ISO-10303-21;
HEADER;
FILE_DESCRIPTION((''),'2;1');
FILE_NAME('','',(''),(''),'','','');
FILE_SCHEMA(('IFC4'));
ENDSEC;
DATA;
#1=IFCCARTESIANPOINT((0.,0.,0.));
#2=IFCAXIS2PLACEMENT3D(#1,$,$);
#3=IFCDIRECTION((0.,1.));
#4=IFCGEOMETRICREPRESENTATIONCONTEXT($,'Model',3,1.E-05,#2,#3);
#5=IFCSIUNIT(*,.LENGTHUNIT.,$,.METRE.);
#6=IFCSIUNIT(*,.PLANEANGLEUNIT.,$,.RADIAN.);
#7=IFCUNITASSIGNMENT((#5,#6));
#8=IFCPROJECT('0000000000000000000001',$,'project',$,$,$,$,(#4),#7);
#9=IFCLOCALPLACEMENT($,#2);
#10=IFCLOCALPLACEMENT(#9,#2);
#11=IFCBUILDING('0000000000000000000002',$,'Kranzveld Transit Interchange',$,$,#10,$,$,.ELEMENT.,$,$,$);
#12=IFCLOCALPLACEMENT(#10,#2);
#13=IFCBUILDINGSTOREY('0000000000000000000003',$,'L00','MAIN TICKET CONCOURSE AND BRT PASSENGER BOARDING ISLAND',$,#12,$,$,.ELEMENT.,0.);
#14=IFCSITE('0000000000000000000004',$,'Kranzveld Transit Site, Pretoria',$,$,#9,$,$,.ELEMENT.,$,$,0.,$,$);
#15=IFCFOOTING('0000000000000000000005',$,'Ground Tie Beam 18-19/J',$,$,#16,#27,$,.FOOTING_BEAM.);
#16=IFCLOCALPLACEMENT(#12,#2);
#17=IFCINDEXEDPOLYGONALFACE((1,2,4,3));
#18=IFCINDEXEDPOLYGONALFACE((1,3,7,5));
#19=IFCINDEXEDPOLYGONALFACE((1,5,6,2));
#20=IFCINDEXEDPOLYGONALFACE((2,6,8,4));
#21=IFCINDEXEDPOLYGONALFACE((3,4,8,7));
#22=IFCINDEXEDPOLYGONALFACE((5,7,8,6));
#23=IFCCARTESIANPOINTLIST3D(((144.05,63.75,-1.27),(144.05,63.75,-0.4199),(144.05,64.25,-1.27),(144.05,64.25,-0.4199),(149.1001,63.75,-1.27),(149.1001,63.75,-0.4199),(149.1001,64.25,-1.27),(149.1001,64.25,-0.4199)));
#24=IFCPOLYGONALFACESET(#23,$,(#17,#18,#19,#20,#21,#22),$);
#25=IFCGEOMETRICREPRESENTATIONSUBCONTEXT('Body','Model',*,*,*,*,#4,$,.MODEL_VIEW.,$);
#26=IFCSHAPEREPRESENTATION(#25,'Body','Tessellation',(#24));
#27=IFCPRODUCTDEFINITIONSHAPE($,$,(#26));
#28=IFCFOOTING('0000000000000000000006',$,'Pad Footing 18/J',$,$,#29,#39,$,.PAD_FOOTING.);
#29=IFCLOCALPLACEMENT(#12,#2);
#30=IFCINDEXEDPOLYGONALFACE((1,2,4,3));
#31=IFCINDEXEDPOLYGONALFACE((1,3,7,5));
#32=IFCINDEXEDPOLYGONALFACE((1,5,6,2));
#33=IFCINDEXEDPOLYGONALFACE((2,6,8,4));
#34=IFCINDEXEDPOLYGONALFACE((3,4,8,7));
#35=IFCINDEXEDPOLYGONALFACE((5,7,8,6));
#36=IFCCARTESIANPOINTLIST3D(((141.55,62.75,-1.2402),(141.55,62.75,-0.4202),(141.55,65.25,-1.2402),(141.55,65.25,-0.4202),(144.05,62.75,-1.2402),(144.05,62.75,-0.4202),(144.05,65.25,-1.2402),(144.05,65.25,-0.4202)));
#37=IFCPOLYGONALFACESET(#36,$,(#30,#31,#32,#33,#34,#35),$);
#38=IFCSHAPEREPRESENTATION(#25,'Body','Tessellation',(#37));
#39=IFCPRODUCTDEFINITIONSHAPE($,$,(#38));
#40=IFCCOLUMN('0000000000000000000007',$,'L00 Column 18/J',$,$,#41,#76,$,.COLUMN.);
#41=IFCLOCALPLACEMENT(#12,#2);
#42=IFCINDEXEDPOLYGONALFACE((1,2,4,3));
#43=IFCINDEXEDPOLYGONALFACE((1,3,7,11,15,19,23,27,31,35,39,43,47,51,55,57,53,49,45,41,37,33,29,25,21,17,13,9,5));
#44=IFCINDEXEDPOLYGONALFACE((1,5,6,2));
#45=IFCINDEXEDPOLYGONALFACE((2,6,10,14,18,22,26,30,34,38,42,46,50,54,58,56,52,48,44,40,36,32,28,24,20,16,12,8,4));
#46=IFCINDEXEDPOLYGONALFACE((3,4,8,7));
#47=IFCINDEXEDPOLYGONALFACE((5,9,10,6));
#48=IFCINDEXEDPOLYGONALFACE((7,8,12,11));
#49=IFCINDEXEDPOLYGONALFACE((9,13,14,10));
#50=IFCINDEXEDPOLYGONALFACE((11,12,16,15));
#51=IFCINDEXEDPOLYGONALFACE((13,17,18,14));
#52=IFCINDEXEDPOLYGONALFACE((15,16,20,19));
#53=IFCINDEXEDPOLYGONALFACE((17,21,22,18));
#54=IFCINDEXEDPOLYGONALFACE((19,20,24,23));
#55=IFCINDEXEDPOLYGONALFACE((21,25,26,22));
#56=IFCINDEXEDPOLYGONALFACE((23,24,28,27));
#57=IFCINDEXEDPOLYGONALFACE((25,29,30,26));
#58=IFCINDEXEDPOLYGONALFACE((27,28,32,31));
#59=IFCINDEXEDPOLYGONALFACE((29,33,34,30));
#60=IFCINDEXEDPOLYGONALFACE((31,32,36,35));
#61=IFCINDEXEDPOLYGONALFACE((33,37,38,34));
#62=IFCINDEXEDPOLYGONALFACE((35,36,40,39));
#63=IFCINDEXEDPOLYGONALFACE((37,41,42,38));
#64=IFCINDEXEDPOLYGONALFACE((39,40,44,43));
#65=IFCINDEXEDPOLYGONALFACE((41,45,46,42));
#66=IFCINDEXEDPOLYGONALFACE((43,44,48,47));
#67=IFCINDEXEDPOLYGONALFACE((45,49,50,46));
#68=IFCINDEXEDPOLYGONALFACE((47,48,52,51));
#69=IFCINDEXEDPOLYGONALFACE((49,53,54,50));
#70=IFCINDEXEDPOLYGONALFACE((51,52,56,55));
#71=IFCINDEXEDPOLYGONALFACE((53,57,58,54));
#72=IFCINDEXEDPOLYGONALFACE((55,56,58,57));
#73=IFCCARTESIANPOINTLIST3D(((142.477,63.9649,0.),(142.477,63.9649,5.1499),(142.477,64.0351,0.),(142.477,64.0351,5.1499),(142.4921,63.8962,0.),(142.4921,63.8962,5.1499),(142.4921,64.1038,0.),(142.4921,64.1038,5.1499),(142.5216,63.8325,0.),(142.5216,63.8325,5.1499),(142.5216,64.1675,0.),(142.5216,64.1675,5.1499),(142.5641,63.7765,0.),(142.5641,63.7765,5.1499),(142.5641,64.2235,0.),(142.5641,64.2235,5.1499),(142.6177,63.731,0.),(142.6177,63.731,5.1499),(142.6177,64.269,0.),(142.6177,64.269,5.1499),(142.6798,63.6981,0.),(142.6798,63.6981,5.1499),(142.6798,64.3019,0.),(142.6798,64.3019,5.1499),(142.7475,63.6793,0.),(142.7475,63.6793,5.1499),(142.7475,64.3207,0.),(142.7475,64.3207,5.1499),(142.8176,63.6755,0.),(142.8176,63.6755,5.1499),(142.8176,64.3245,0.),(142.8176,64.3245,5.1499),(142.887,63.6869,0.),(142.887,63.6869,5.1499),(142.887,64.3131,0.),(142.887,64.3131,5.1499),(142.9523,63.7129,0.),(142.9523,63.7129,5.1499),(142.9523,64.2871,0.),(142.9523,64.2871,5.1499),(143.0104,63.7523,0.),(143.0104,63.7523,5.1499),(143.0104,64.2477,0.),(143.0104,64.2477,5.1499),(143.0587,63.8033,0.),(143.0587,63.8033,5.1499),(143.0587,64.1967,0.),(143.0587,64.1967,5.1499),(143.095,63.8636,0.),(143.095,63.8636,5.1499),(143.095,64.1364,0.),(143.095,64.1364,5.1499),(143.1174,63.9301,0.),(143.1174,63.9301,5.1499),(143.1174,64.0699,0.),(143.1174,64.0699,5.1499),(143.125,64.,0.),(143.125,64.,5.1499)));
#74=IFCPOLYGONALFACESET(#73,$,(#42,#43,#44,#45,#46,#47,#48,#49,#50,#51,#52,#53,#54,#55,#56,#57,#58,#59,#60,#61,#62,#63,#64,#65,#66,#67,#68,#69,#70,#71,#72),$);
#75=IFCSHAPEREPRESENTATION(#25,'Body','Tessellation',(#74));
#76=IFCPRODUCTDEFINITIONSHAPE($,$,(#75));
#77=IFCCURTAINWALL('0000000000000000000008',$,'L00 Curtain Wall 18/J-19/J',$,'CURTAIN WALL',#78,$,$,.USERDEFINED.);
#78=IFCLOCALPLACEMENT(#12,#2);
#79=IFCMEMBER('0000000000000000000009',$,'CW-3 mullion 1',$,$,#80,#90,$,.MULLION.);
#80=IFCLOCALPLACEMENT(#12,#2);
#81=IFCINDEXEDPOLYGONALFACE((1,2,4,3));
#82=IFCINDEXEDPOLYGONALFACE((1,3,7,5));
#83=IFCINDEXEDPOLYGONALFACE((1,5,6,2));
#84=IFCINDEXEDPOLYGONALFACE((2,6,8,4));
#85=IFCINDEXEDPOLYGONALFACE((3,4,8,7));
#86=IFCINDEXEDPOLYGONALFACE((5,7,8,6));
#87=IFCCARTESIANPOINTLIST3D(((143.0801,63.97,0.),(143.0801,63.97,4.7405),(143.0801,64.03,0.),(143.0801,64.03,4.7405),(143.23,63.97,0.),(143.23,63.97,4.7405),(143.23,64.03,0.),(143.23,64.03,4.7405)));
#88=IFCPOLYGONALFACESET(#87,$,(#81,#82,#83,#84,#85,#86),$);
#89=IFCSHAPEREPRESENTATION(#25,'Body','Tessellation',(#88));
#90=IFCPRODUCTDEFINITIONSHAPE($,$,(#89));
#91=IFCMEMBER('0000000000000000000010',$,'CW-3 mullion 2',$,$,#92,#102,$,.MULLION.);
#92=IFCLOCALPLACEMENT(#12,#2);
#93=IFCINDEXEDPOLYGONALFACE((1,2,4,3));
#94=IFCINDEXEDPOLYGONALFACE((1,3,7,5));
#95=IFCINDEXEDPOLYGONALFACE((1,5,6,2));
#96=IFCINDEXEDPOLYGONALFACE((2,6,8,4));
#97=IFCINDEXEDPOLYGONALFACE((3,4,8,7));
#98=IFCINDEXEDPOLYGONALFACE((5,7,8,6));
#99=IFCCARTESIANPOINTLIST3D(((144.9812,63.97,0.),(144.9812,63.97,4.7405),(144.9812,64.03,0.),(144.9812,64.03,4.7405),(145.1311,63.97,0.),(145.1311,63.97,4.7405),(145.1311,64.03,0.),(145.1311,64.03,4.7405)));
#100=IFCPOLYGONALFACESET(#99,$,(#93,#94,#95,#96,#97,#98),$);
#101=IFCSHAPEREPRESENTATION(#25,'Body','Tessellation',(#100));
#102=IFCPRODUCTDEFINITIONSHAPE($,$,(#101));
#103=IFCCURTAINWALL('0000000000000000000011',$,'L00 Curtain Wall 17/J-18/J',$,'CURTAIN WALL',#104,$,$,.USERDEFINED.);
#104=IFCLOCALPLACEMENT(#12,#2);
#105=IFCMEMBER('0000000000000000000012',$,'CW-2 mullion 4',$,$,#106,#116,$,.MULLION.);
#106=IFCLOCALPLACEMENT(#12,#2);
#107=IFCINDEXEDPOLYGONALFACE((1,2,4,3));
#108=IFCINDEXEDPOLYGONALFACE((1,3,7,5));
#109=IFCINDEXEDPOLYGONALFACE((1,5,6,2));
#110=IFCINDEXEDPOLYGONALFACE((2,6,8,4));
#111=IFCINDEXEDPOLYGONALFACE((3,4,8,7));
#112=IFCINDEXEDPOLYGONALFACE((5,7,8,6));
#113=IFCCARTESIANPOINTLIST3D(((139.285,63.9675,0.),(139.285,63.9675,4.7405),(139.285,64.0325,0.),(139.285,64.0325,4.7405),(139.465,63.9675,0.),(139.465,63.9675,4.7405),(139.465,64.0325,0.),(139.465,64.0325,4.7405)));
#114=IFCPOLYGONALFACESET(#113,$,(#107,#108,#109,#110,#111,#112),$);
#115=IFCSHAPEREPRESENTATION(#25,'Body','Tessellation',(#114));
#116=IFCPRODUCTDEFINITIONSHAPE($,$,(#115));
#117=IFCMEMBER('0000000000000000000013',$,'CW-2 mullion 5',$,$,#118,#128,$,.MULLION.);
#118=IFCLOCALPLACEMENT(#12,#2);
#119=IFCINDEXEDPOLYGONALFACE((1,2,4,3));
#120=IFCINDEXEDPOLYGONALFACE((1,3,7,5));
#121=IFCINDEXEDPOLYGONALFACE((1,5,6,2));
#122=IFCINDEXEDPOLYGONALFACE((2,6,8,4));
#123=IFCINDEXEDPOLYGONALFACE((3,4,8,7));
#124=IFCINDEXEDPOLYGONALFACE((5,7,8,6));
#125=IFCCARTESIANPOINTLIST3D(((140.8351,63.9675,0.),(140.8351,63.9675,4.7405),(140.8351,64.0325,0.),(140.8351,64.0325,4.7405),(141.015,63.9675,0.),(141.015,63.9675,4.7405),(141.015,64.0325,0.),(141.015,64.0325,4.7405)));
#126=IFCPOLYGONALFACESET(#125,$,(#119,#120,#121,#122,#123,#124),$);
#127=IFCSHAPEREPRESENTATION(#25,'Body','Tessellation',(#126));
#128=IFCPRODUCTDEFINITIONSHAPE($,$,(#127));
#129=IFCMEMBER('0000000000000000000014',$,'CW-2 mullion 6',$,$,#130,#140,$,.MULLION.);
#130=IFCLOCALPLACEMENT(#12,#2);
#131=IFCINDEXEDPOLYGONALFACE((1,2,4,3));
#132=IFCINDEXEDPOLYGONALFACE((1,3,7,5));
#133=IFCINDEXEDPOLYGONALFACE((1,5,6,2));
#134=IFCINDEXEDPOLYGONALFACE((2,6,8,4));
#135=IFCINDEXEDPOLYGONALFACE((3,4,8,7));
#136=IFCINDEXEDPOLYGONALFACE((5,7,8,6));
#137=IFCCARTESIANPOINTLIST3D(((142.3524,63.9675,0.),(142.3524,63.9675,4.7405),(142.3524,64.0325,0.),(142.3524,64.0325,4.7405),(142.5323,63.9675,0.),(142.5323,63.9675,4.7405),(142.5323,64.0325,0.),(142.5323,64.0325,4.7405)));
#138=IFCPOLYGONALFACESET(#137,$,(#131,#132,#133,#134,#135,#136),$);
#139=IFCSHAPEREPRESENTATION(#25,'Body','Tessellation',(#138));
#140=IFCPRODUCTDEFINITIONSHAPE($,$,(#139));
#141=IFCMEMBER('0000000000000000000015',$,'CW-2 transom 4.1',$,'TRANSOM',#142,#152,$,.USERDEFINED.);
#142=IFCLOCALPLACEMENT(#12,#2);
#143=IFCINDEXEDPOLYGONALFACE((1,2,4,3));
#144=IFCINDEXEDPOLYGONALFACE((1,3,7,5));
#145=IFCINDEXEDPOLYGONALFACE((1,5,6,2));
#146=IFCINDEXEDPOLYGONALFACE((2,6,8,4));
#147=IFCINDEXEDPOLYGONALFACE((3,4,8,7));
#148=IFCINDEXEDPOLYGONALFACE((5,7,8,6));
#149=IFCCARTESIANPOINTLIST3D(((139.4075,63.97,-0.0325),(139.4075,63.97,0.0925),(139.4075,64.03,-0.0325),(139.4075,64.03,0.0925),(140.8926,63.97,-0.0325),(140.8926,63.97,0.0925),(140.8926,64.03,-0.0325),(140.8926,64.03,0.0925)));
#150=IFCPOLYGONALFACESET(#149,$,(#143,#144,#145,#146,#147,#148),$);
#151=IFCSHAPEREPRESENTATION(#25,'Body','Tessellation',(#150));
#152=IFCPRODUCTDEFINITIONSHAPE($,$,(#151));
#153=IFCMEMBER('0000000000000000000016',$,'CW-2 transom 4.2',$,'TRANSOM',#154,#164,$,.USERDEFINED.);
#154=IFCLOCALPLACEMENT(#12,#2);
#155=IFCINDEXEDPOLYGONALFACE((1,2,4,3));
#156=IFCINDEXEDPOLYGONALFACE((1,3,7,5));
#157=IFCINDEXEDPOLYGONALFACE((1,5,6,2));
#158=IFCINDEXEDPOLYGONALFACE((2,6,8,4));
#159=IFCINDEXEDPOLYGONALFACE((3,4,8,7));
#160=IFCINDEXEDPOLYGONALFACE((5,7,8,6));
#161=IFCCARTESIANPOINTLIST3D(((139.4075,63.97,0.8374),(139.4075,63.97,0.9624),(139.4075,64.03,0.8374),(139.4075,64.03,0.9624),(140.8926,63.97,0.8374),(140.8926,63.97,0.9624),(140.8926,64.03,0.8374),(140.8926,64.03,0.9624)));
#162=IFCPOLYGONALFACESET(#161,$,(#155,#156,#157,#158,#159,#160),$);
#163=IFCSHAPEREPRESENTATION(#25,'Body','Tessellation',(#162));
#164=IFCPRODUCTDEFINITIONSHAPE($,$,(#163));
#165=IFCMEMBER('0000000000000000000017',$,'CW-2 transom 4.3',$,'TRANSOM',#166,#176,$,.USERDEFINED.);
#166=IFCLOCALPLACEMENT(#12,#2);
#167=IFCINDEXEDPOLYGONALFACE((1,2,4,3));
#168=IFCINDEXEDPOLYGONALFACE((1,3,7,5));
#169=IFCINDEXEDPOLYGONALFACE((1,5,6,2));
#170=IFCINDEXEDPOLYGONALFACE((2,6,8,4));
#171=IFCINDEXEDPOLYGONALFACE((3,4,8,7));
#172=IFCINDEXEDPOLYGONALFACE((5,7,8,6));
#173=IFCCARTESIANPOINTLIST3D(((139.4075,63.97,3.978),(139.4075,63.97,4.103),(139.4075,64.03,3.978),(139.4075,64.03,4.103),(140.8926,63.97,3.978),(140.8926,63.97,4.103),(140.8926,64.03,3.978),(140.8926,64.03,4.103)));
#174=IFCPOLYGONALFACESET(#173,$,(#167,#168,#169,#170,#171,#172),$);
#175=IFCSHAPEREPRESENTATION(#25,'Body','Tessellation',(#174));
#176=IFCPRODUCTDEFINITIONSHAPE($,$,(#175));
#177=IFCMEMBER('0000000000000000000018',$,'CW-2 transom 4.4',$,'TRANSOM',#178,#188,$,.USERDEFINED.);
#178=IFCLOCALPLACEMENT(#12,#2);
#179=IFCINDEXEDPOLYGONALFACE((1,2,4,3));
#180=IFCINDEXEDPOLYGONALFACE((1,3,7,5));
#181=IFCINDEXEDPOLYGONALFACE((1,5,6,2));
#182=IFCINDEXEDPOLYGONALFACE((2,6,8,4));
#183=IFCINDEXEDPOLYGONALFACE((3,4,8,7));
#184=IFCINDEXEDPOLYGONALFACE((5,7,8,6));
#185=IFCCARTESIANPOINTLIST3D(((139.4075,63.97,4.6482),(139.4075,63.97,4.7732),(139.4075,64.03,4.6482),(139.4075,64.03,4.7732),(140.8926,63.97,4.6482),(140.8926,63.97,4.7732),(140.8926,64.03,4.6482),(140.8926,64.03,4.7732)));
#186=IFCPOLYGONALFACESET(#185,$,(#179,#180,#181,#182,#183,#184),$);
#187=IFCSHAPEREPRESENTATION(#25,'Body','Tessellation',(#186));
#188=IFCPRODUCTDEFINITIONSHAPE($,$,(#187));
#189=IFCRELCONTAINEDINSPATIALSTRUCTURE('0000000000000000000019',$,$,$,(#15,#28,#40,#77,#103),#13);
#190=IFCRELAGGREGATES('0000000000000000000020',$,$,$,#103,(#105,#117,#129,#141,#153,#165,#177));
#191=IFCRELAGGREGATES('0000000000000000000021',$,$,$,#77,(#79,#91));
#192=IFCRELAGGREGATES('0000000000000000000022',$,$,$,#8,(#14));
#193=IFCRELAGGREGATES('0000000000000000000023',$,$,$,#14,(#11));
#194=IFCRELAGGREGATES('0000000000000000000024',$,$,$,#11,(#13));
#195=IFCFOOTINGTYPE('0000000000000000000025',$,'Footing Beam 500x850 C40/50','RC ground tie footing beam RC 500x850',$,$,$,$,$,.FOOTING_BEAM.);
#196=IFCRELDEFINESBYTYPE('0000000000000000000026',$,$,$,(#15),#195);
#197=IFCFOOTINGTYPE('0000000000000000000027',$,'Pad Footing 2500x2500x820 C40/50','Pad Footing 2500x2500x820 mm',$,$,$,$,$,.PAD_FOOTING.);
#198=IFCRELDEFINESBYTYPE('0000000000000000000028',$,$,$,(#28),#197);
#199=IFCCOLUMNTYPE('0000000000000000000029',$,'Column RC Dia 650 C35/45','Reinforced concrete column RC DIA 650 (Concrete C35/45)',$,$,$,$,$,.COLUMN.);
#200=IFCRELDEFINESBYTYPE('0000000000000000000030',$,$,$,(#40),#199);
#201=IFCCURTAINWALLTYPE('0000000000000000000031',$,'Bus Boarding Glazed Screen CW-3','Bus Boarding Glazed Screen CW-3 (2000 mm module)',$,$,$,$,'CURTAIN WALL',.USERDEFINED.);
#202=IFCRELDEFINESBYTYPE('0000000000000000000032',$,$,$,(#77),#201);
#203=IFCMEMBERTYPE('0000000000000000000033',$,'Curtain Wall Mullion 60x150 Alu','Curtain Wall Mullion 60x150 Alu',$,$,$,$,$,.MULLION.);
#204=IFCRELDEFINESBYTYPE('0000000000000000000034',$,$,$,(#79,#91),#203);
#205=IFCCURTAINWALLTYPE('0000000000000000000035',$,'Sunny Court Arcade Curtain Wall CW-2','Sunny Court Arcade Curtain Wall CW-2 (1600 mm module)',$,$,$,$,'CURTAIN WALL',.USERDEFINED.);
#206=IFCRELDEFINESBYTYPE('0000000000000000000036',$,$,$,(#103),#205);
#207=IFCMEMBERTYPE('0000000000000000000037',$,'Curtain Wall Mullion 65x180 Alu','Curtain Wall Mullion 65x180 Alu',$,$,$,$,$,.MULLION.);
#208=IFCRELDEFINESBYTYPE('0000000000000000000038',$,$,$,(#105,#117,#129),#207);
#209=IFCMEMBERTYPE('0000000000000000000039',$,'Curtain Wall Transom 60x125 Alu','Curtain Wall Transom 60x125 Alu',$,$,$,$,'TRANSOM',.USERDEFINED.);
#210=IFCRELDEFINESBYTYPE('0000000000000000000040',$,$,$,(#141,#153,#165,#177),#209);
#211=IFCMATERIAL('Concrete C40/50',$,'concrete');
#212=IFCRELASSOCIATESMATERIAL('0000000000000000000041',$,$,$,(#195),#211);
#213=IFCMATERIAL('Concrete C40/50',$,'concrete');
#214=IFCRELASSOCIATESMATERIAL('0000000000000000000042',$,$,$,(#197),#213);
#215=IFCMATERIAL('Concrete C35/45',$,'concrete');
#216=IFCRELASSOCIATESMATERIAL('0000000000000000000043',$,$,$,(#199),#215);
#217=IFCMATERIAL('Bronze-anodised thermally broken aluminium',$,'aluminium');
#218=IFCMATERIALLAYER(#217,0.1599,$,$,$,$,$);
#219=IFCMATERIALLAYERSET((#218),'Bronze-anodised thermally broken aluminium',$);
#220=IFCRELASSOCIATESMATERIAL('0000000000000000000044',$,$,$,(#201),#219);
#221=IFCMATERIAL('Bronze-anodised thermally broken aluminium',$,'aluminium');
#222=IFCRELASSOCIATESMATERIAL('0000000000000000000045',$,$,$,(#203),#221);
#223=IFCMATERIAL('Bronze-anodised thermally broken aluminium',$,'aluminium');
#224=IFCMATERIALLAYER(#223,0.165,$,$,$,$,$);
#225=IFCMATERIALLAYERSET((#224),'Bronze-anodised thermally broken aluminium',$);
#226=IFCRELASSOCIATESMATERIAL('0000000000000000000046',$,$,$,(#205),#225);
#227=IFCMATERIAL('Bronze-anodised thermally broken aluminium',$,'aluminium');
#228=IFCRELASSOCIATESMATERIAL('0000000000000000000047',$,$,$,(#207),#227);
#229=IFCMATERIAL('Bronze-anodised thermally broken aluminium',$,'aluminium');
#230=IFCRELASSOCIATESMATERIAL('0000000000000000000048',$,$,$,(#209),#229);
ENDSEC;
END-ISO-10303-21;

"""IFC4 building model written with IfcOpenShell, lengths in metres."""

from ifc_helpers import new_model, si_unit, direction, frame, origin, origin_2d, place, context, subcontext, project, spatial, rectangle, circle, extrude, material, layer, layer_set, material_profile, profile_set, type_object, element, aggregate, save


model = new_model("IFC4")

# Units and contexts
model_context = context("Model", 3, precision=1e-05, world=origin(), true_north=direction((0.0, 1.0)))
body_context = subcontext(model_context, "Body", "Model", "MODEL_VIEW")
ifc_project = project(units=[si_unit("LENGTHUNIT", "METRE"), si_unit("PLANEANGLEUNIT", "RADIAN")], contexts=[model_context])

# Site, building, storey
site_placement = place(None, origin())
site = spatial("IfcSite", under=ifc_project, at=site_placement, Name="Kranzveld Transit Site, Pretoria", CompositionType="ELEMENT", RefElevation=0.0)
building_placement = place(site_placement, origin())
building = spatial("IfcBuilding", under=site, at=building_placement, Name="Kranzveld Transit Interchange", CompositionType="ELEMENT")
storey_placement = place(building_placement, origin())
storey = spatial("IfcBuildingStorey", under=building, at=storey_placement, Name="L00", Description="MAIN TICKET CONCOURSE AND BRT PASSENGER BOARDING ISLAND", CompositionType="ELEMENT", Elevation=0.0)

# Footings
ifc_material_1 = material(Name="Concrete C40/50", Category="concrete")
ifc_material_profile_1 = material_profile(ifc_material_1, rectangle(XDim=0.5, YDim=0.8501, at=origin_2d()), Name="RC 500x850")
ifc_profile_set_1 = profile_set([ifc_material_profile_1], Name="Concrete C40/50")
footing_type_1 = type_object("IfcFootingType", Name="Footing Beam 500x850 C40/50", Description="RC ground tie footing beam RC 500x850", PredefinedType="FOOTING_BEAM", material=ifc_profile_set_1)
footing_1_placement = place(storey_placement, frame((144.05, 64.0, -0.845), z_axis=(1.0, 0.0, 0.0), x_axis=(0.0, 1.0, 0.0)))
element("IfcFooting", 1, at=footing_1_placement, inside=storey, type_object=footing_type_1, Name="Ground Tie Beam 18-19/J", PredefinedType="FOOTING_BEAM", context=body_context, shape_type="SweptSolid", body=[
    extrude(rectangle(XDim=0.5, YDim=0.8501, at=origin_2d()), origin(), (0.0, 0.0, 1.0), 5.05),
])
ifc_material_2 = material(Name="Concrete C40/50", Category="concrete")
footing_type_2 = type_object("IfcFootingType", Name="Pad Footing 2500x2500x820 C40/50", Description="Pad Footing 2500x2500x820 mm", PredefinedType="PAD_FOOTING", material=ifc_material_2)
footing_2_placement = place(storey_placement, frame((142.8, 64.0, -1.2402), z_axis=(0.0, 0.0, 1.0), x_axis=(1.0, 0.0, 0.0)))
element("IfcFooting", 2, at=footing_2_placement, inside=storey, type_object=footing_type_2, Name="Pad Footing 18/J", PredefinedType="PAD_FOOTING", context=body_context, shape_type="SweptSolid", body=[
    extrude(rectangle(XDim=2.5, YDim=2.5, at=origin_2d()), origin(), (0.0, 0.0, 1.0), 0.8201),
])

# Column
ifc_material_3 = material(Name="Concrete C35/45", Category="concrete")
ifc_material_profile_2 = material_profile(ifc_material_3, circle(Radius=0.325, at=origin_2d()), Name="RC DIA 650")
ifc_profile_set_2 = profile_set([ifc_material_profile_2], Name="Concrete C35/45")
column_type = type_object("IfcColumnType", Name="Column RC Dia 650 C35/45", Description="Reinforced concrete column RC DIA 650 (Concrete C35/45)", PredefinedType="COLUMN", material=ifc_profile_set_2)
column_placement = place(storey_placement, frame((142.8, 64.0, 0.0), z_axis=(0.0, 0.0, 1.0), x_axis=(1.0, 0.0, 0.0)))
element("IfcColumn", 3, at=column_placement, inside=storey, type_object=column_type, Name="L00 Column 18/J", PredefinedType="COLUMN", context=body_context, shape_type="SweptSolid", body=[
    extrude(circle(Radius=0.325, at=origin_2d()), origin(), (0.0, 0.0, 1.0), 5.1499),
])

# Curtain walls, members
ifc_material_4 = material(Name="Bronze-anodised thermally broken aluminium", Category="aluminium")
ifc_layer_1 = layer(ifc_material_4, 0.1599)
ifc_layer_set_1 = layer_set([ifc_layer_1], Name="Bronze-anodised thermally broken aluminium")
curtain_wall_type_1 = type_object("IfcCurtainWallType", Name="Bus Boarding Glazed Screen CW-3", Description="Bus Boarding Glazed Screen CW-3 (2000 mm module)", ElementType="CURTAIN WALL", PredefinedType="USERDEFINED", material=ifc_layer_set_1)
curtain_wall_1_placement = place(storey_placement, origin())
curtain_wall_1 = element("IfcCurtainWall", 4, at=curtain_wall_1_placement, inside=storey, type_object=curtain_wall_type_1, Name="L00 Curtain Wall 18/J-19/J", ObjectType="CURTAIN WALL", PredefinedType="USERDEFINED")
ifc_material_5 = material(Name="Bronze-anodised thermally broken aluminium", Category="aluminium")
ifc_material_profile_3 = material_profile(ifc_material_5, rectangle(XDim=0.0601, YDim=0.1499, at=origin_2d()), Name="ALU MULLION 60x150")
ifc_profile_set_3 = profile_set([ifc_material_profile_3], Name="Bronze-anodised thermally broken aluminium")
member_type_1 = type_object("IfcMemberType", Name="Curtain Wall Mullion 60x150 Alu", Description="Curtain Wall Mullion 60x150 Alu", PredefinedType="MULLION", material=ifc_profile_set_3)
member_1_placement = place(storey_placement, frame((143.155, 64.0, 0.0), z_axis=(0.0, 0.0, 1.0), x_axis=(0.0, 1.0, 0.0)))
member_1 = element("IfcMember", 5, at=member_1_placement, type_object=member_type_1, Name="CW-3 mullion 1", PredefinedType="MULLION", context=body_context, shape_type="SweptSolid", body=[
    extrude(rectangle(XDim=0.0601, YDim=0.1499, at=origin_2d()), origin(), (0.0, 0.0, 1.0), 4.7405),
])
member_2_placement = place(storey_placement, frame((145.0562, 64.0, 0.0), z_axis=(0.0, 0.0, 1.0), x_axis=(0.0, 1.0, 0.0)))
member_2 = element("IfcMember", 6, at=member_2_placement, type_object=member_type_1, Name="CW-3 mullion 2", PredefinedType="MULLION", context=body_context, shape_type="SweptSolid", body=[
    extrude(rectangle(XDim=0.0601, YDim=0.1499, at=origin_2d()), origin(), (0.0, 0.0, 1.0), 4.7405),
])
ifc_material_6 = material(Name="Bronze-anodised thermally broken aluminium", Category="aluminium")
ifc_layer_2 = layer(ifc_material_6, 0.165)
ifc_layer_set_2 = layer_set([ifc_layer_2], Name="Bronze-anodised thermally broken aluminium")
curtain_wall_type_2 = type_object("IfcCurtainWallType", Name="Sunny Court Arcade Curtain Wall CW-2", Description="Sunny Court Arcade Curtain Wall CW-2 (1600 mm module)", ElementType="CURTAIN WALL", PredefinedType="USERDEFINED", material=ifc_layer_set_2)
curtain_wall_2_placement = place(storey_placement, origin())
curtain_wall_2 = element("IfcCurtainWall", 7, at=curtain_wall_2_placement, inside=storey, type_object=curtain_wall_type_2, Name="L00 Curtain Wall 17/J-18/J", ObjectType="CURTAIN WALL", PredefinedType="USERDEFINED")
ifc_material_7 = material(Name="Bronze-anodised thermally broken aluminium", Category="aluminium")
ifc_material_profile_4 = material_profile(ifc_material_7, rectangle(XDim=0.0649, YDim=0.1799, at=origin_2d()), Name="ALU MULLION 65x180")
ifc_profile_set_4 = profile_set([ifc_material_profile_4], Name="Bronze-anodised thermally broken aluminium")
member_type_2 = type_object("IfcMemberType", Name="Curtain Wall Mullion 65x180 Alu", Description="Curtain Wall Mullion 65x180 Alu", PredefinedType="MULLION", material=ifc_profile_set_4)
member_3_placement = place(storey_placement, frame((139.375, 64.0, 0.0), z_axis=(0.0, 0.0, 1.0), x_axis=(0.0, 1.0, 0.0)))
member_3 = element("IfcMember", 8, at=member_3_placement, type_object=member_type_2, Name="CW-2 mullion 4", PredefinedType="MULLION", context=body_context, shape_type="SweptSolid", body=[
    extrude(rectangle(XDim=0.0649, YDim=0.1799, at=origin_2d()), origin(), (0.0, 0.0, 1.0), 4.7405),
])
member_4_placement = place(storey_placement, frame((140.925, 64.0, 0.0), z_axis=(0.0, 0.0, 1.0), x_axis=(0.0, 1.0, 0.0)))
member_4 = element("IfcMember", 9, at=member_4_placement, type_object=member_type_2, Name="CW-2 mullion 5", PredefinedType="MULLION", context=body_context, shape_type="SweptSolid", body=[
    extrude(rectangle(XDim=0.0649, YDim=0.1799, at=origin_2d()), origin(), (0.0, 0.0, 1.0), 4.7405),
])
member_5_placement = place(storey_placement, frame((142.4424, 64.0, 0.0), z_axis=(0.0, 0.0, 1.0), x_axis=(0.0, 1.0, 0.0)))
member_5 = element("IfcMember", 10, at=member_5_placement, type_object=member_type_2, Name="CW-2 mullion 6", PredefinedType="MULLION", context=body_context, shape_type="SweptSolid", body=[
    extrude(rectangle(XDim=0.0649, YDim=0.1799, at=origin_2d()), origin(), (0.0, 0.0, 1.0), 4.7405),
])
ifc_material_8 = material(Name="Bronze-anodised thermally broken aluminium", Category="aluminium")
ifc_material_profile_5 = material_profile(ifc_material_8, rectangle(XDim=0.0601, YDim=0.125, at=origin_2d()), Name="ALU TRANSOM 60x125")
ifc_profile_set_5 = profile_set([ifc_material_profile_5], Name="Bronze-anodised thermally broken aluminium")
member_type_3 = type_object("IfcMemberType", Name="Curtain Wall Transom 60x125 Alu", Description="Curtain Wall Transom 60x125 Alu", ElementType="TRANSOM", PredefinedType="USERDEFINED", material=ifc_profile_set_5)
member_6_placement = place(storey_placement, frame((139.4075, 64.0, 0.03), z_axis=(1.0, 0.0, 0.0), x_axis=(0.0, 1.0, 0.0)))
member_6 = element("IfcMember", 11, at=member_6_placement, type_object=member_type_3, Name="CW-2 transom 4.1", ObjectType="TRANSOM", PredefinedType="USERDEFINED", context=body_context, shape_type="SweptSolid", body=[
    extrude(rectangle(XDim=0.0601, YDim=0.125, at=origin_2d()), origin(), (0.0, 0.0, 1.0), 1.4851),
])
member_7_placement = place(storey_placement, frame((139.4075, 64.0, 0.8999), z_axis=(1.0, 0.0, 0.0), x_axis=(0.0, 1.0, 0.0)))
member_7 = element("IfcMember", 12, at=member_7_placement, type_object=member_type_3, Name="CW-2 transom 4.2", ObjectType="TRANSOM", PredefinedType="USERDEFINED", context=body_context, shape_type="SweptSolid", body=[
    extrude(rectangle(XDim=0.0601, YDim=0.125, at=origin_2d()), origin(), (0.0, 0.0, 1.0), 1.4851),
])
member_8_placement = place(storey_placement, frame((139.4075, 64.0, 4.0405), z_axis=(1.0, 0.0, 0.0), x_axis=(0.0, 1.0, 0.0)))
member_8 = element("IfcMember", 13, at=member_8_placement, type_object=member_type_3, Name="CW-2 transom 4.3", ObjectType="TRANSOM", PredefinedType="USERDEFINED", context=body_context, shape_type="SweptSolid", body=[
    extrude(rectangle(XDim=0.0601, YDim=0.125, at=origin_2d()), origin(), (0.0, 0.0, 1.0), 1.4851),
])
member_9_placement = place(storey_placement, frame((139.4075, 64.0, 4.7107), z_axis=(1.0, 0.0, 0.0), x_axis=(0.0, 1.0, 0.0)))
member_9 = element("IfcMember", 14, at=member_9_placement, type_object=member_type_3, Name="CW-2 transom 4.4", ObjectType="TRANSOM", PredefinedType="USERDEFINED", context=body_context, shape_type="SweptSolid", body=[
    extrude(rectangle(XDim=0.0601, YDim=0.125, at=origin_2d()), origin(), (0.0, 0.0, 1.0), 1.4851),
])

aggregate(curtain_wall_2, [member_3, member_4, member_5, member_6, member_7, member_8, member_9])
aggregate(curtain_wall_1, [member_1, member_2])

save(model, "model.ifc")
